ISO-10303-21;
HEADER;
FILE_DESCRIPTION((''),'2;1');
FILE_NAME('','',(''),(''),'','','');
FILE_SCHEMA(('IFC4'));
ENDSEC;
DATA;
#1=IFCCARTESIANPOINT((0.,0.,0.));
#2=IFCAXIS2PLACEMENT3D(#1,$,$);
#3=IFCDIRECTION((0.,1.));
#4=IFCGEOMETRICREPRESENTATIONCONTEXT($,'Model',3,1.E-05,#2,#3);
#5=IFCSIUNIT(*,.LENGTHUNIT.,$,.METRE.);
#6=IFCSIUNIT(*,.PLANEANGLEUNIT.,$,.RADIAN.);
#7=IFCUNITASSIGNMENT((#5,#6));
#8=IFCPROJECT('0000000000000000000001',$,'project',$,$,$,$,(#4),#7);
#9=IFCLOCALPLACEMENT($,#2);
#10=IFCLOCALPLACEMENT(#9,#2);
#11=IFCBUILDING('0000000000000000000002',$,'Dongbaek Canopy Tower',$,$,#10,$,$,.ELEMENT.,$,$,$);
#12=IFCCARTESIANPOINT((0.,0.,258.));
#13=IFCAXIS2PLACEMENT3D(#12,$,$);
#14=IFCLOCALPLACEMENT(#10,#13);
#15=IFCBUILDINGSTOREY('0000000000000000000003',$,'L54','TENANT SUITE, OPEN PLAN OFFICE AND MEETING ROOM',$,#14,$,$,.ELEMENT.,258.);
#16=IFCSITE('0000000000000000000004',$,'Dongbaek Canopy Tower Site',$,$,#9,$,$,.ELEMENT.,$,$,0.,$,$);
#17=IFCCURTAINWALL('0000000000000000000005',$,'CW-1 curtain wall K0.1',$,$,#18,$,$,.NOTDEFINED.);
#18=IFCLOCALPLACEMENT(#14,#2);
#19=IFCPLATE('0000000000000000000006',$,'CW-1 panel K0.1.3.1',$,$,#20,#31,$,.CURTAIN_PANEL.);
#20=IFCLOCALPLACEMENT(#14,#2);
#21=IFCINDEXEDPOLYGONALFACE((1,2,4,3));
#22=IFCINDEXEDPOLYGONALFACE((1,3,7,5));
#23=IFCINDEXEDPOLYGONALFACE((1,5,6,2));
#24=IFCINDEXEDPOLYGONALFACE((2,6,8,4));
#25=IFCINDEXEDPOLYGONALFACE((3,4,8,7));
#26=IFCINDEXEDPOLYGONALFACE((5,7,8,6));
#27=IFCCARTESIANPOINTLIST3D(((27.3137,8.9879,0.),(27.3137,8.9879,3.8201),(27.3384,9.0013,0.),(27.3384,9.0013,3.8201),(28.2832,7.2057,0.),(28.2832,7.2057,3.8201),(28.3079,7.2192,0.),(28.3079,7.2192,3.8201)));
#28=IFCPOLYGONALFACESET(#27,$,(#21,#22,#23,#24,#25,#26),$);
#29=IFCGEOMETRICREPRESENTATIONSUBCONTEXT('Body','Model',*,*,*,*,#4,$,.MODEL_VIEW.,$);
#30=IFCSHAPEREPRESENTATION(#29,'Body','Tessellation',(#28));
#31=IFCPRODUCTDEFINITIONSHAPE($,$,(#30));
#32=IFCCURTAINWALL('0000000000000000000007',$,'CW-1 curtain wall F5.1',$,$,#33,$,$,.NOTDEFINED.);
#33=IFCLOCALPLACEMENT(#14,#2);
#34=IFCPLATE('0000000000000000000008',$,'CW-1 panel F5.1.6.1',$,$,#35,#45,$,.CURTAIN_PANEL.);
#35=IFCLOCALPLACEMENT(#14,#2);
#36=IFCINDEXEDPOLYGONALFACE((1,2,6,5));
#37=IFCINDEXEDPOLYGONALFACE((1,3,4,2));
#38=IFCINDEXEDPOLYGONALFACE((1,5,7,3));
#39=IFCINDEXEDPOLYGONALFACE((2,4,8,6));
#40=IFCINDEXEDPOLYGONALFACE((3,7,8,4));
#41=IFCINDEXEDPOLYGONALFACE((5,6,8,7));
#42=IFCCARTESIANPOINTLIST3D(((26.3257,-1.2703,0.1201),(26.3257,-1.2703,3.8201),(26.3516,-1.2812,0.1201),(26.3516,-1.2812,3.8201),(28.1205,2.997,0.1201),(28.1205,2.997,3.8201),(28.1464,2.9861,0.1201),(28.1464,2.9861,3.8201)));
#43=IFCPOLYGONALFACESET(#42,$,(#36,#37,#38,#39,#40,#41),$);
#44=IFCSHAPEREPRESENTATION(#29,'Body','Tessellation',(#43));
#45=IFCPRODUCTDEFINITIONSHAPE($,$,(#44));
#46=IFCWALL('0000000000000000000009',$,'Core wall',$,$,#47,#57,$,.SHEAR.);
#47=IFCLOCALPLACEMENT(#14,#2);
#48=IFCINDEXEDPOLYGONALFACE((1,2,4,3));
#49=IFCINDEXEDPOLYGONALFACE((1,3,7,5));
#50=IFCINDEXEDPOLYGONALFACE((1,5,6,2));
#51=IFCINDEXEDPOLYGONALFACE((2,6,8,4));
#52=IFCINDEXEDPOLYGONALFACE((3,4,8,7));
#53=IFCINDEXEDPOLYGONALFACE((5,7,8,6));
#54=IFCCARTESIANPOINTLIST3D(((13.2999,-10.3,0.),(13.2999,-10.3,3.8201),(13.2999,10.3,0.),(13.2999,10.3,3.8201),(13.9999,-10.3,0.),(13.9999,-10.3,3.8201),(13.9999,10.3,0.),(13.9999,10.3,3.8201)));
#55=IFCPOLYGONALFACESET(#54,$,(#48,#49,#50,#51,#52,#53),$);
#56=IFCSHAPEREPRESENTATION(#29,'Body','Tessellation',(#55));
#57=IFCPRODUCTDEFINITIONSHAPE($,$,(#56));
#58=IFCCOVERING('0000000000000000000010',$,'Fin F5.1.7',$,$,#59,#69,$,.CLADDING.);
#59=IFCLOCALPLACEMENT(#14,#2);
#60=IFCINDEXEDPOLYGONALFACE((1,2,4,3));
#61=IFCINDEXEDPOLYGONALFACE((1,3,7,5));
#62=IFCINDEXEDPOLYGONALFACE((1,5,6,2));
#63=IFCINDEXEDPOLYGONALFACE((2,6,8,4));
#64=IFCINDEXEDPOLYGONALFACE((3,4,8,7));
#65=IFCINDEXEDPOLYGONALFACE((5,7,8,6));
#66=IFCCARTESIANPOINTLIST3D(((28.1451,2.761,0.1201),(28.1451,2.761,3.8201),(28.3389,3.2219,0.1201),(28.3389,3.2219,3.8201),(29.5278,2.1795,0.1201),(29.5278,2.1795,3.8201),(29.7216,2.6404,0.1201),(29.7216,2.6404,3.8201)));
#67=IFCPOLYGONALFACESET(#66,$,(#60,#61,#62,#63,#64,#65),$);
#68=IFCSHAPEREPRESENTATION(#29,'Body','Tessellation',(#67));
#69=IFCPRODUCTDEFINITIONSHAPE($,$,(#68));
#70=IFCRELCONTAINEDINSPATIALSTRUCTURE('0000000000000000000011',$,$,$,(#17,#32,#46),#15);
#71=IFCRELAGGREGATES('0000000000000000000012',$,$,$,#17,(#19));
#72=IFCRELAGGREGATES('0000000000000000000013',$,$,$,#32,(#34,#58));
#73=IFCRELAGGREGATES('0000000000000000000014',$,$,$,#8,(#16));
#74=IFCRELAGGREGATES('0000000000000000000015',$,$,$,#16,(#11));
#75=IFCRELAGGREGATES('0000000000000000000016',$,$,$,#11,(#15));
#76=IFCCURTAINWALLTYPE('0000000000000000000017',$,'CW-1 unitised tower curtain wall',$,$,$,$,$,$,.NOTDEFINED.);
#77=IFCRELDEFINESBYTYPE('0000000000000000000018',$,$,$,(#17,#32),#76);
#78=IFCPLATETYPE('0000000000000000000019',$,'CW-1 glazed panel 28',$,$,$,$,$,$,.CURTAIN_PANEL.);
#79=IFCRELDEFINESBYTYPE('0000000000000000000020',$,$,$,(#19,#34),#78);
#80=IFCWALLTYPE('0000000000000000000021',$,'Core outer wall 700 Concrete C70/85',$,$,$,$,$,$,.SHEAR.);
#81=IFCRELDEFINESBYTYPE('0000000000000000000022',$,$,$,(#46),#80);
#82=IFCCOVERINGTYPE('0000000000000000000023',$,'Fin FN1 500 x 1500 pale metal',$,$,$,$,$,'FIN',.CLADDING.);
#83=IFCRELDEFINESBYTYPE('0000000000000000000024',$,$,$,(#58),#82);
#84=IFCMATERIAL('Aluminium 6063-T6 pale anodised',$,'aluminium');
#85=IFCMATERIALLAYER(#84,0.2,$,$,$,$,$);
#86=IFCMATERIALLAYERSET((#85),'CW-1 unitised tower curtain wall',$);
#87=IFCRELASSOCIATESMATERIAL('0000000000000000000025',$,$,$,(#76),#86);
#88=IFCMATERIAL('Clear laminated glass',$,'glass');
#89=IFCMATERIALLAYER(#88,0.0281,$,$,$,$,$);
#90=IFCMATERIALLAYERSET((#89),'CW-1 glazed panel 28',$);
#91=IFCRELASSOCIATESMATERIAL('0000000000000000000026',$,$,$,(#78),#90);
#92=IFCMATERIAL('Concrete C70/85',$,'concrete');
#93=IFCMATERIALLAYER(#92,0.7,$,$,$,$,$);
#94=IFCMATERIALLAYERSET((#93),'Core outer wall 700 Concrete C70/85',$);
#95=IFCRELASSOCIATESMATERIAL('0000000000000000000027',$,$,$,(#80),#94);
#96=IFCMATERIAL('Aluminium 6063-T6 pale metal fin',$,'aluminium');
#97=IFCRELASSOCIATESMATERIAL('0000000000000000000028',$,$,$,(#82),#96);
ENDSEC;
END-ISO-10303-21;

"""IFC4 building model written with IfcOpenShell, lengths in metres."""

from ifc_helpers import new_model, si_unit, direction, frame, frame_2d, origin, origin_2d, place, context, subcontext, project, spatial, rectangle, extrude, material, layer, layer_set, material_profile, profile_set, type_object, element, aggregate, save


model = new_model("IFC4")

# Units and contexts
model_context = context("Model", 3, precision=1e-05, world=origin(), true_north=direction((0.0, 1.0)))
body_context = subcontext(model_context, "Body", "Model", "MODEL_VIEW")
ifc_project = project(units=[si_unit("LENGTHUNIT", "METRE"), si_unit("PLANEANGLEUNIT", "RADIAN")], contexts=[model_context])

# Site, building, storey
site_placement = place(None, origin())
site = spatial("IfcSite", under=ifc_project, at=site_placement, Name="Dongbaek Canopy Tower Site", CompositionType="ELEMENT", RefElevation=0.0)
building_placement = place(site_placement, origin())
building = spatial("IfcBuilding", under=site, at=building_placement, Name="Dongbaek Canopy Tower", CompositionType="ELEMENT")
storey_placement = place(building_placement, frame((0.0, 0.0, 258.0)))
storey = spatial("IfcBuildingStorey", under=building, at=storey_placement, Name="L54", Description="TENANT SUITE, OPEN PLAN OFFICE AND MEETING ROOM", CompositionType="ELEMENT", Elevation=258.0)

# Curtain wall
ifc_material_1 = material(Name="Aluminium 6063-T6 pale anodised", Category="aluminium")
ifc_layer_1 = layer(ifc_material_1, 0.2)
ifc_layer_set_1 = layer_set([ifc_layer_1], Name="CW-1 unitised tower curtain wall")
curtain_wall_type = type_object("IfcCurtainWallType", Name="CW-1 unitised tower curtain wall", PredefinedType="NOTDEFINED", material=ifc_layer_set_1)
curtain_wall_1_placement = place(storey_placement, origin())
curtain_wall_1 = element("IfcCurtainWall", 1, at=curtain_wall_1_placement, inside=storey, type_object=curtain_wall_type, Name="CW-1 curtain wall K0.1", PredefinedType="NOTDEFINED")

# Plate
ifc_material_2 = material(Name="Clear laminated glass", Category="glass")
ifc_layer_2 = layer(ifc_material_2, 0.0281)
ifc_layer_set_2 = layer_set([ifc_layer_2], Name="CW-1 glazed panel 28")
plate_type = type_object("IfcPlateType", Name="CW-1 glazed panel 28", PredefinedType="CURTAIN_PANEL", material=ifc_layer_set_2)
plate_1_placement = place(storey_placement, frame((27.8108, 8.1035, 0.0), z_axis=(0.0, 0.0, 1.0), x_axis=(-0.477888, 0.878421, 0.0)))
plate_1 = element("IfcPlate", 2, at=plate_1_placement, type_object=plate_type, Name="CW-1 panel K0.1.3.1", PredefinedType="CURTAIN_PANEL", context=body_context, shape_type="SweptSolid", body=[
    extrude(rectangle(XDim=2.0288, YDim=0.0281, at=origin_2d()), origin(), (0.0, 0.0, 1.0), 3.8201),
])
aggregate(curtain_wall_1, [plate_1])

# Curtain wall, plate
curtain_wall_2_placement = place(storey_placement, origin())
curtain_wall_2 = element("IfcCurtainWall", 3, at=curtain_wall_2_placement, inside=storey, type_object=curtain_wall_type, Name="CW-1 curtain wall F5.1", PredefinedType="NOTDEFINED")
plate_2_placement = place(storey_placement, frame((27.2361, 0.8579, 0.1201), z_axis=(0.0, 0.0, 1.0), x_axis=(0.387696, 0.921787, 0.0)))
plate_2 = element("IfcPlate", 4, at=plate_2_placement, type_object=plate_type, Name="CW-1 panel F5.1.6.1", PredefinedType="CURTAIN_PANEL", context=body_context, shape_type="SweptSolid", body=[
    extrude(rectangle(XDim=4.6294, YDim=0.0281, at=origin_2d()), origin(), (0.0, 0.0, 1.0), 3.7),
])

# Wall
ifc_material_3 = material(Name="Concrete C70/85", Category="concrete")
ifc_layer_3 = layer(ifc_material_3, 0.7)
ifc_layer_set_3 = layer_set([ifc_layer_3], Name="Core outer wall 700 Concrete C70/85")
wall_type_1 = type_object("IfcWallType", Name="Core outer wall 700 Concrete C70/85", PredefinedType="SHEAR", material=ifc_layer_set_3)
wall_1_placement = place(storey_placement, frame((13.6499, 10.3, 0.0), z_axis=(0.0, 0.0, 1.0), x_axis=(0.0, -1.0, 0.0)))
element("IfcWall", 5, at=wall_1_placement, inside=storey, type_object=wall_type_1, Name="Core wall", PredefinedType="SHEAR", context=body_context, shape_type="SweptSolid", body=[
    extrude(rectangle(XDim=20.6001, YDim=0.7, at=frame_2d((10.3, 0.0))), origin(), (0.0, 0.0, 1.0), 3.8201),
])

# Covering
ifc_material_4 = material(Name="Aluminium 6063-T6 pale metal fin", Category="aluminium")
ifc_material_profile_1 = material_profile(ifc_material_4, rectangle(XDim=1.5, YDim=0.5, at=origin_2d()), Name="Fin FN1 500 x 1500 pale metal")
ifc_profile_set_1 = profile_set([ifc_material_profile_1], Name="Aluminium 6063-T6 pale metal fin")
covering_type = type_object("IfcCoveringType", Name="Fin FN1 500 x 1500 pale metal", ElementType="FIN", PredefinedType="CLADDING", material=ifc_profile_set_1)
covering_placement = place(storey_placement, frame((28.9333, 2.7007, 0.1201), z_axis=(0.0, 0.0, 1.0), x_axis=(0.921787, -0.387696, 0.0)))
covering = element("IfcCovering", 6, at=covering_placement, type_object=covering_type, Name="Fin F5.1.7", PredefinedType="CLADDING", context=body_context, shape_type="SweptSolid", body=[
    extrude(rectangle(XDim=1.5, YDim=0.5, at=origin_2d()), origin(), (0.0, 0.0, 1.0), 3.7),
])
aggregate(curtain_wall_2, [plate_2, covering])

save(model, "model.ifc")
